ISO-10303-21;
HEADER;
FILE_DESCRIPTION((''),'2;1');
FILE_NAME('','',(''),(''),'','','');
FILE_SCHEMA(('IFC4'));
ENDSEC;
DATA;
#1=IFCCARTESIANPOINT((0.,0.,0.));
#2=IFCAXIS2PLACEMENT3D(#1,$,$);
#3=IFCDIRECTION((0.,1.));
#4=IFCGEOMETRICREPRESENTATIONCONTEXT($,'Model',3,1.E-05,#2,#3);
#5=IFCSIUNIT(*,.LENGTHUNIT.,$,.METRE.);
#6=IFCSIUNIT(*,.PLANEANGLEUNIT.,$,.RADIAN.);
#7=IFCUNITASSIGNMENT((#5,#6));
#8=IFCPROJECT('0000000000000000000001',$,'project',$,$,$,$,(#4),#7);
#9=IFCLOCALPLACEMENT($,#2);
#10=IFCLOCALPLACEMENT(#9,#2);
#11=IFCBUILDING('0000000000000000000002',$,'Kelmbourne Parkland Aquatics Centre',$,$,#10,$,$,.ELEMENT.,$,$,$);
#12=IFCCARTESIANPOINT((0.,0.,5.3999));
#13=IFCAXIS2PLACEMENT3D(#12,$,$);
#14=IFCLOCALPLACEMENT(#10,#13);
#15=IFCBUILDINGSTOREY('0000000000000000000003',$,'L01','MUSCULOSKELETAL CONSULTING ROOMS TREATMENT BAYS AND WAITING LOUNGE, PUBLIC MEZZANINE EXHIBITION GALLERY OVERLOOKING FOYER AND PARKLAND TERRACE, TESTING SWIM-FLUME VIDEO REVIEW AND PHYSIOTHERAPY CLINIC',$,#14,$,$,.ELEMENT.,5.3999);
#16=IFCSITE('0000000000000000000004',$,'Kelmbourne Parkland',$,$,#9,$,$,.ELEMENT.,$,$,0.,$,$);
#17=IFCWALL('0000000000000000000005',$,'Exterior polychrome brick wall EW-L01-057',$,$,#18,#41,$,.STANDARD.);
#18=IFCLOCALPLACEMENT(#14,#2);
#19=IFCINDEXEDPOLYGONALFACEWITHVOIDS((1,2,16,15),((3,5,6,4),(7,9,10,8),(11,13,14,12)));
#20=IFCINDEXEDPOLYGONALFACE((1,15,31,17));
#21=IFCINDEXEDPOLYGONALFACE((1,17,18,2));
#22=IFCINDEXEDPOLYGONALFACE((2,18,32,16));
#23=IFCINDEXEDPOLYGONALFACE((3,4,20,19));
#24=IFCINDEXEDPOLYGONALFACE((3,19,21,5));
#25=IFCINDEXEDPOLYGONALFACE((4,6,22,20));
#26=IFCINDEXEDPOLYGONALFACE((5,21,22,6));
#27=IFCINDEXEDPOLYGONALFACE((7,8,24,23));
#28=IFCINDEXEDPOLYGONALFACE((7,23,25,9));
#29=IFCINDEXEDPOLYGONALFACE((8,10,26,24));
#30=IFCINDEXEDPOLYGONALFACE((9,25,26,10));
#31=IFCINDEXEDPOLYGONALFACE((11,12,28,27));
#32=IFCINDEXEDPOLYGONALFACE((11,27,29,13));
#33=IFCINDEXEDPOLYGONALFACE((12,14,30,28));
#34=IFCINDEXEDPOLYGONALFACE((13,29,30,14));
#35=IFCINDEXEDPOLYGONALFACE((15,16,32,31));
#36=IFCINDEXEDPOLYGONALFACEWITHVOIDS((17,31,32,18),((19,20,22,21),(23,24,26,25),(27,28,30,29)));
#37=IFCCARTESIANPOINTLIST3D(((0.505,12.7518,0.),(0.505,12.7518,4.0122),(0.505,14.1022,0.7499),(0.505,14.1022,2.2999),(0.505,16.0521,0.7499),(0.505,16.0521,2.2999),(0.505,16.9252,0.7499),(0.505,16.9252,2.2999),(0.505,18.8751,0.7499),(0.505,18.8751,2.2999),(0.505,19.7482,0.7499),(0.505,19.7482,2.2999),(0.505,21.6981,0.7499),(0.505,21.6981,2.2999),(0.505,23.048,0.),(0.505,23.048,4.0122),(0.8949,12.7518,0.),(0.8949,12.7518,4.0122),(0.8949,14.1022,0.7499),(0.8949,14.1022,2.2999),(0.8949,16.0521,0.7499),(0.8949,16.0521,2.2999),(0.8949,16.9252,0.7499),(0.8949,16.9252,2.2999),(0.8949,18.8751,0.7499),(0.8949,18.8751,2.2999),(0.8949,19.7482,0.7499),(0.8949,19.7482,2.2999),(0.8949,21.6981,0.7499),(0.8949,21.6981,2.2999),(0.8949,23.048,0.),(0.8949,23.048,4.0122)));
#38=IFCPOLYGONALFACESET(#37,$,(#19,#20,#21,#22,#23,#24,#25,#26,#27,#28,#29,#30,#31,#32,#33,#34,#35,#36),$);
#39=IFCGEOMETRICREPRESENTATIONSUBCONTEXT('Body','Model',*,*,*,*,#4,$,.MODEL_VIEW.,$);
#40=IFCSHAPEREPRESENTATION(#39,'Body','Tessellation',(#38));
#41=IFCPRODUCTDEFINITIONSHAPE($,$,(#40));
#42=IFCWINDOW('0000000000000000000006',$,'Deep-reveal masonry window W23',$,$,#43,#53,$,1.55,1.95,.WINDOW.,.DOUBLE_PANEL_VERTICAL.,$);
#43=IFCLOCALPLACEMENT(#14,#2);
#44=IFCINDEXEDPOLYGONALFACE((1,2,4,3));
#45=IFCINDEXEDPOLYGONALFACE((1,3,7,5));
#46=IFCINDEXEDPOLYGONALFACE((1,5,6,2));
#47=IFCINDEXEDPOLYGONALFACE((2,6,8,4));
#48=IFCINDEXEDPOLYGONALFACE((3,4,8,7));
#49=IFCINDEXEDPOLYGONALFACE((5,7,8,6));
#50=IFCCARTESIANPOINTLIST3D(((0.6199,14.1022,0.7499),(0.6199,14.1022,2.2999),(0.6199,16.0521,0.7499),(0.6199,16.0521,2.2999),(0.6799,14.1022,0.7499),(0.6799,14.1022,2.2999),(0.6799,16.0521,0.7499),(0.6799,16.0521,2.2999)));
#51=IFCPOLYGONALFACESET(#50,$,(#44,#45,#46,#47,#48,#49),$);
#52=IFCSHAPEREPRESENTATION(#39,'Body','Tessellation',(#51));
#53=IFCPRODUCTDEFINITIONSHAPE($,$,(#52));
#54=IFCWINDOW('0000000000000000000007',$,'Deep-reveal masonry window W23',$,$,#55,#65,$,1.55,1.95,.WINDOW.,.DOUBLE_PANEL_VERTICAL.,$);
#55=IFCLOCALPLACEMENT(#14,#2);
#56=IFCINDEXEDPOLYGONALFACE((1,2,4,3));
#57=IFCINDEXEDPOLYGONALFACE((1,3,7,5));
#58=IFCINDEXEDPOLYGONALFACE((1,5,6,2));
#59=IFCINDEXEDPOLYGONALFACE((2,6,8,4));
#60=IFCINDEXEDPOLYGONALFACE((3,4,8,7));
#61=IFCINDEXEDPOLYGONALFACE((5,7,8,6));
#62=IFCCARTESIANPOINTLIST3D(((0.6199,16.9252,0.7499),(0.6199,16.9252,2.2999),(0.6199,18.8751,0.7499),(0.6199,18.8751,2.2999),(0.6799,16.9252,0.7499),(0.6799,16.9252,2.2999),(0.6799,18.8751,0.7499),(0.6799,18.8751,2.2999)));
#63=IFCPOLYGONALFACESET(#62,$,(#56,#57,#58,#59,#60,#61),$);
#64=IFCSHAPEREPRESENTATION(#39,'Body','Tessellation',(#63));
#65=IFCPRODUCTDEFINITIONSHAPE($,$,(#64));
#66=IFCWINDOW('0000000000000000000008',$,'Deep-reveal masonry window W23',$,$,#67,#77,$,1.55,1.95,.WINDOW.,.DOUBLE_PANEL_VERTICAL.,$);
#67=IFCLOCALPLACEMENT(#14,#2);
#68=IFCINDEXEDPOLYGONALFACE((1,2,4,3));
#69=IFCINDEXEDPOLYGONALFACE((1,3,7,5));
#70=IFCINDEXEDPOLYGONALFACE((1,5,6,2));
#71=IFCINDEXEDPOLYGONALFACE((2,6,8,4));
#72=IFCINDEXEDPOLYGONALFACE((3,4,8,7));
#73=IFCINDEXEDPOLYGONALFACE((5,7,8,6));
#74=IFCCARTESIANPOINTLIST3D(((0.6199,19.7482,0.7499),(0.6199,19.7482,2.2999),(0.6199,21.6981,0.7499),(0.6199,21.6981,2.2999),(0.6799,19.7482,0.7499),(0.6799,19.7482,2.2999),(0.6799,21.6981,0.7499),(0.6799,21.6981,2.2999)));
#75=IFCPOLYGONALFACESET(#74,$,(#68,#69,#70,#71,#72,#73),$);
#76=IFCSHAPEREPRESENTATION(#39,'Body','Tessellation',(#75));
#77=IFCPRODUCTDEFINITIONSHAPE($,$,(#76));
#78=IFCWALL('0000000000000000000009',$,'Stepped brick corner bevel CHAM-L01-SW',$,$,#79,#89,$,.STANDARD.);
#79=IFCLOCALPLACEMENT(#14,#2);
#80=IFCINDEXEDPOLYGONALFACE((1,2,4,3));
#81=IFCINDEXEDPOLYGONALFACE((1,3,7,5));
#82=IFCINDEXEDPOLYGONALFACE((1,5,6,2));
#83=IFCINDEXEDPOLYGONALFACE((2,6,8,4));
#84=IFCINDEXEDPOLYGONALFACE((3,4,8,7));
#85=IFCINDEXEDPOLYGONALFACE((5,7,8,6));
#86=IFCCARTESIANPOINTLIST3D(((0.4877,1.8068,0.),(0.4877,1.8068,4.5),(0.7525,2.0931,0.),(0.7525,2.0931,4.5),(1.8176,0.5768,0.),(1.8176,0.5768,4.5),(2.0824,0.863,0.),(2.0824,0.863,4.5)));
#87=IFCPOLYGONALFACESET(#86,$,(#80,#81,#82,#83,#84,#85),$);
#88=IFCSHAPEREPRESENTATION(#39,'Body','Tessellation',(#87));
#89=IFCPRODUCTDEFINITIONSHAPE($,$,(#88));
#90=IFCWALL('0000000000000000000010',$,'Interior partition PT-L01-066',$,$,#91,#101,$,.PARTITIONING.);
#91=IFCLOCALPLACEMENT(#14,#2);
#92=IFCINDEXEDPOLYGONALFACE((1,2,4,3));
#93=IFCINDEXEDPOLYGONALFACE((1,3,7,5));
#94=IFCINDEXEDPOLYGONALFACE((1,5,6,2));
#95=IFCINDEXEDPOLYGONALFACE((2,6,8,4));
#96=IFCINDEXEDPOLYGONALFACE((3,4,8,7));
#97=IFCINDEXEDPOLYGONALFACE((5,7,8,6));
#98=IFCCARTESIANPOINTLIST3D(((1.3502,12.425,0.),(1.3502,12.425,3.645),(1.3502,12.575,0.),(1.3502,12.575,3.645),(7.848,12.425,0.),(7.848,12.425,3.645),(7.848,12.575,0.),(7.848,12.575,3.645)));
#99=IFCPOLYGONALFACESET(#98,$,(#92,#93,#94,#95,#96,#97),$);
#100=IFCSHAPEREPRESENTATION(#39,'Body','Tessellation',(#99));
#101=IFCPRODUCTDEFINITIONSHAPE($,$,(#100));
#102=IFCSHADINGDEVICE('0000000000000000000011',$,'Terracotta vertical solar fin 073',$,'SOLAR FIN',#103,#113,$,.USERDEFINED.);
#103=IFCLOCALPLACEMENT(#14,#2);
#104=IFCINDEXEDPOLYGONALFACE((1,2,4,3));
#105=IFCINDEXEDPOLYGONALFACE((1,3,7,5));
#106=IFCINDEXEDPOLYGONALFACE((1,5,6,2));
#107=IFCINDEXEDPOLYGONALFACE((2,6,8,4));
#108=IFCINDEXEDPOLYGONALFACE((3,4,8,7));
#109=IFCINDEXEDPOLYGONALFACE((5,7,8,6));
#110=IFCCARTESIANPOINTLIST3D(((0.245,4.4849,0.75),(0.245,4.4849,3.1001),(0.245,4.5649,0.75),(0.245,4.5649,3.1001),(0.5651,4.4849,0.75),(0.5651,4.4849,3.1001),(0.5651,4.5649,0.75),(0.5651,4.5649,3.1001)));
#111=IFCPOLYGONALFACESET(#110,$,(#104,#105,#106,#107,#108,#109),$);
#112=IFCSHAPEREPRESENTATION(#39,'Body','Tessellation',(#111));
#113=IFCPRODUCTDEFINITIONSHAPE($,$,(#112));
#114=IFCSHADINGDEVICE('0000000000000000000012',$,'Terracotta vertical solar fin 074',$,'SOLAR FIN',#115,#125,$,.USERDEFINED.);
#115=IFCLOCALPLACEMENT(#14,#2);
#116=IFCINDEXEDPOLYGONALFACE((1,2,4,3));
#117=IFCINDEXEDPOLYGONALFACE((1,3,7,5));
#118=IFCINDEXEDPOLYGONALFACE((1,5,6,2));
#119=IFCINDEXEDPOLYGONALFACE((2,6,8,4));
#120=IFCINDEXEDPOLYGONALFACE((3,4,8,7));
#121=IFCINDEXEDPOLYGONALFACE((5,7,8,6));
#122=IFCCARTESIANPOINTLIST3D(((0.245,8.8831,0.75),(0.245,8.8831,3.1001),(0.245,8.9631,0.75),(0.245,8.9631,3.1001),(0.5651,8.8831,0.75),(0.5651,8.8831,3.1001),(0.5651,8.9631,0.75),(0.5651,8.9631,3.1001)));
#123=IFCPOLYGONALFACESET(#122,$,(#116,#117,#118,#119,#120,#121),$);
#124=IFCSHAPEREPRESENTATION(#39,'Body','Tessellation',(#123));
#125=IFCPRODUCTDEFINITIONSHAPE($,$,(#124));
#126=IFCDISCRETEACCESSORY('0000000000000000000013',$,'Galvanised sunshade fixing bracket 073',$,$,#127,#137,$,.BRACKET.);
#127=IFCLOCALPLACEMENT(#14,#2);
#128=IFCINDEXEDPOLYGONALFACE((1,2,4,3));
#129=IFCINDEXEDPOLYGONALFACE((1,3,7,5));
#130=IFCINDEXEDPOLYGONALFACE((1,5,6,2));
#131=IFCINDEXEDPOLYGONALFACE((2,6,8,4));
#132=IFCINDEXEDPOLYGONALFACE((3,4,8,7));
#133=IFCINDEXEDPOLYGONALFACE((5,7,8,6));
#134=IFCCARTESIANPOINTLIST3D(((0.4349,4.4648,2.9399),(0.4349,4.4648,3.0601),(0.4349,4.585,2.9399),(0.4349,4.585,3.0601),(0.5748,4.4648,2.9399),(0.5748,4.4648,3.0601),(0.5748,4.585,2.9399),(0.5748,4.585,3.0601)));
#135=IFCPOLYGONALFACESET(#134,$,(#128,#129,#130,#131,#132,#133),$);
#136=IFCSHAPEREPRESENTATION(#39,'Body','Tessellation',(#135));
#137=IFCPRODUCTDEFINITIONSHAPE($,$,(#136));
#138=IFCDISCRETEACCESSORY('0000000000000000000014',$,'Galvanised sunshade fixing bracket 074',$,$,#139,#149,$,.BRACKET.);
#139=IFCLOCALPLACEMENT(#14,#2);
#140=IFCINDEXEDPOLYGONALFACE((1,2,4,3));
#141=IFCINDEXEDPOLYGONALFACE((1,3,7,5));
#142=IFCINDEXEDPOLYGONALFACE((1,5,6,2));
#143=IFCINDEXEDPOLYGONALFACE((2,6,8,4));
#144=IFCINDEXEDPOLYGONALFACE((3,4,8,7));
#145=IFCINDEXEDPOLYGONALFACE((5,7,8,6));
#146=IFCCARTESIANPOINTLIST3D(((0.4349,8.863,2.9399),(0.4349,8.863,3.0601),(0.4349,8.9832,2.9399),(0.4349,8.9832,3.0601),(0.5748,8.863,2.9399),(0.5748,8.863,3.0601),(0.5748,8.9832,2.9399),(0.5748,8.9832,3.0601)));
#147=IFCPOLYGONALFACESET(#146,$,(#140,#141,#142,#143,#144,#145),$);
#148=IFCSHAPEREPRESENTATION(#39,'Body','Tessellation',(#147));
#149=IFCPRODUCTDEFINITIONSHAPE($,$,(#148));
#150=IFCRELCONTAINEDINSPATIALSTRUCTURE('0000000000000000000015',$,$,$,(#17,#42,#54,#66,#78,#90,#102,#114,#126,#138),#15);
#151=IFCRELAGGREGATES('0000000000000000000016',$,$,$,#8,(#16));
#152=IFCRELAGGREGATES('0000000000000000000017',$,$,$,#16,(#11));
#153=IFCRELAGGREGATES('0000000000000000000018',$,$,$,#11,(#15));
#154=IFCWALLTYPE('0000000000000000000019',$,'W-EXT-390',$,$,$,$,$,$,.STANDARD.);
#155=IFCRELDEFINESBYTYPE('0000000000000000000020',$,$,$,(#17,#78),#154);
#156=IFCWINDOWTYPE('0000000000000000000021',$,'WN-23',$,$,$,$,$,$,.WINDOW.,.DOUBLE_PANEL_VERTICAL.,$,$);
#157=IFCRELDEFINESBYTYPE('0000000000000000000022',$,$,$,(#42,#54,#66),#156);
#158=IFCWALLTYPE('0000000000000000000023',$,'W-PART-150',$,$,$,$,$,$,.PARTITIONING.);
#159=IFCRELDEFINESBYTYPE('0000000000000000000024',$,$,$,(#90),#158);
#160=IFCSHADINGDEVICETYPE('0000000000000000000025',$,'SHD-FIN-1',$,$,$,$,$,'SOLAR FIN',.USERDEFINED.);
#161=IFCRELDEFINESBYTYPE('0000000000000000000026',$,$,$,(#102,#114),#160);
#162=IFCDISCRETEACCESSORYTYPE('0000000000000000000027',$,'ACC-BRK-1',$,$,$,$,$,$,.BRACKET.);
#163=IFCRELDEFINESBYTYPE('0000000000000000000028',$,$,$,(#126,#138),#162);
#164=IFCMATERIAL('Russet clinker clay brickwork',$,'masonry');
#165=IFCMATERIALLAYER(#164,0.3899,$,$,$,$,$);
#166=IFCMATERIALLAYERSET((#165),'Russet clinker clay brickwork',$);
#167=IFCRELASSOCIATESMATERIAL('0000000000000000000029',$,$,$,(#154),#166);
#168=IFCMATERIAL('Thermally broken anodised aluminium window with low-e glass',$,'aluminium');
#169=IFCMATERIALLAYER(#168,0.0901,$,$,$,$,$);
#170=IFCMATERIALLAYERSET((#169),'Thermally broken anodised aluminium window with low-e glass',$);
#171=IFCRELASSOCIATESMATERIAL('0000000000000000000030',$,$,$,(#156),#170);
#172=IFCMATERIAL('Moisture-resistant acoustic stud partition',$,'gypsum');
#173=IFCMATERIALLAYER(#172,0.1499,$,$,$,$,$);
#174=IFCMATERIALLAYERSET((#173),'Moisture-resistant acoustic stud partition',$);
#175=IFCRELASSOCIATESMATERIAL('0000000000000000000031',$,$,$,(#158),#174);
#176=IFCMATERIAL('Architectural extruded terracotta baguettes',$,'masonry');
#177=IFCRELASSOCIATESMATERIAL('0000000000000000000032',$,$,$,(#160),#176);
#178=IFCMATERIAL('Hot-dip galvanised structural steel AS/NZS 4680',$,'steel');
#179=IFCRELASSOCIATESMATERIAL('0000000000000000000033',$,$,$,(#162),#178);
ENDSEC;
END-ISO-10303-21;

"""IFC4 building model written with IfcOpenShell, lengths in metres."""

from ifc_helpers import new_model, si_unit, direction, frame, frame_2d, origin, origin_2d, place, context, subcontext, project, spatial, rectangle, extrude, material, layer, layer_set, type_object, element, fill, save


model = new_model("IFC4")

# Units and contexts
model_context = context("Model", 3, precision=1e-05, world=origin(), true_north=direction((0.0, 1.0)))
body_context = subcontext(model_context, "Body", "Model", "MODEL_VIEW")
ifc_project = project(units=[si_unit("LENGTHUNIT", "METRE"), si_unit("PLANEANGLEUNIT", "RADIAN")], contexts=[model_context])

# Site, building, storey
site_placement = place(None, origin())
site = spatial("IfcSite", under=ifc_project, at=site_placement, Name="Kelmbourne Parkland", CompositionType="ELEMENT", RefElevation=0.0)
building_placement = place(site_placement, origin())
building = spatial("IfcBuilding", under=site, at=building_placement, Name="Kelmbourne Parkland Aquatics Centre", CompositionType="ELEMENT")
storey_placement = place(building_placement, frame((0.0, 0.0, 5.3999)))
storey = spatial("IfcBuildingStorey", under=building, at=storey_placement, Name="L01", Description="MUSCULOSKELETAL CONSULTING ROOMS TREATMENT BAYS AND WAITING LOUNGE, PUBLIC MEZZANINE EXHIBITION GALLERY OVERLOOKING FOYER AND PARKLAND TERRACE, TESTING SWIM-FLUME VIDEO REVIEW AND PHYSIOTHERAPY CLINIC", CompositionType="ELEMENT", Elevation=5.3999)

# Wall, openings, windows
ifc_material_1 = material(Name="Russet clinker clay brickwork", Category="masonry")
ifc_material_2 = material(Name="Thermally broken anodised aluminium window with low-e glass", Category="aluminium")
ifc_layer_1 = layer(ifc_material_1, 0.3899)
ifc_layer_set_1 = layer_set([ifc_layer_1], Name="Russet clinker clay brickwork")
wall_type_1 = type_object("IfcWallType", Name="W-EXT-390", PredefinedType="STANDARD", material=ifc_layer_set_1)
wall_1_placement = place(storey_placement, frame((0.7, 12.752, 0.0), z_axis=(0.0, 0.0, 1.0), x_axis=(0.0, 1.0, 0.0)))
wall_1 = element("IfcWall", 1, at=wall_1_placement, inside=storey, type_object=wall_type_1, Name="Exterior polychrome brick wall EW-L01-057", PredefinedType="STANDARD", context=body_context, shape_type="SweptSolid", body=[
    extrude(rectangle(XDim=10.2961, YDim=0.3899, at=frame_2d((5.1479, 0.0))), origin(), (0.0, 0.0, 1.0), 4.0122),
])
opening_1_placement = place(wall_1_placement, frame((1.3501, 0.0, 0.75)))
opening_1 = element("IfcOpeningElement", 2, at=opening_1_placement, cuts=wall_1, PredefinedType="OPENING", context=body_context, shape_type="SweptSolid", body=[
    extrude(rectangle(XDim=1.95, YDim=1.55, at=frame_2d((0.9751, 0.7749))), frame((0.0, 0.207, 0.0), z_axis=(0.0, -1.0, 0.0), x_axis=(1.0, 0.0, 0.0)), (0.0, 0.0, 1.0), 0.4138),
])
opening_2_placement = place(wall_1_placement, frame((4.1731, 0.0, 0.75)))
opening_2 = element("IfcOpeningElement", 3, at=opening_2_placement, cuts=wall_1, PredefinedType="OPENING", context=body_context, shape_type="SweptSolid", body=[
    extrude(rectangle(XDim=1.95, YDim=1.55, at=frame_2d((0.9751, 0.7749))), frame((0.0, 0.207, 0.0), z_axis=(0.0, -1.0, 0.0), x_axis=(1.0, 0.0, 0.0)), (0.0, 0.0, 1.0), 0.4138),
])
opening_3_placement = place(wall_1_placement, frame((6.9961, 0.0, 0.75)))
opening_3 = element("IfcOpeningElement", 4, at=opening_3_placement, cuts=wall_1, PredefinedType="OPENING", context=body_context, shape_type="SweptSolid", body=[
    extrude(rectangle(XDim=1.95, YDim=1.55, at=frame_2d((0.9751, 0.7749))), frame((0.0, 0.207, 0.0), z_axis=(0.0, -1.0, 0.0), x_axis=(1.0, 0.0, 0.0)), (0.0, 0.0, 1.0), 0.4138),
])
ifc_layer_2 = layer(ifc_material_2, 0.0901)
ifc_layer_set_2 = layer_set([ifc_layer_2], Name="Thermally broken anodised aluminium window with low-e glass")
window_type_1 = type_object("IfcWindowType", Name="WN-23", PartitioningType="DOUBLE_PANEL_VERTICAL", PredefinedType="WINDOW", material=ifc_layer_set_2)
window_1_placement = place(opening_1_placement, origin())
window_1 = element("IfcWindow", 5, at=window_1_placement, inside=storey, type_object=window_type_1, Name="Deep-reveal masonry window W23", OverallHeight=1.55, OverallWidth=1.95, PartitioningType="DOUBLE_PANEL_VERTICAL", PredefinedType="WINDOW", context=body_context, shape_type="SweptSolid", body=[
    extrude(rectangle(XDim=1.95, YDim=1.55, at=frame_2d((0.9751, 0.7749))), frame((0.0, 0.0801, 0.0), z_axis=(0.0, -1.0, 0.0), x_axis=(1.0, 0.0, 0.0)), (0.0, 0.0, 1.0), 0.0601),
])
fill(opening_1, window_1)
window_2_placement = place(opening_2_placement, origin())
window_2 = element("IfcWindow", 6, at=window_2_placement, inside=storey, type_object=window_type_1, Name="Deep-reveal masonry window W23", OverallHeight=1.55, OverallWidth=1.95, PartitioningType="DOUBLE_PANEL_VERTICAL", PredefinedType="WINDOW", context=body_context, shape_type="SweptSolid", body=[
    extrude(rectangle(XDim=1.95, YDim=1.55, at=frame_2d((0.9751, 0.7749))), frame((0.0, 0.0801, 0.0), z_axis=(0.0, -1.0, 0.0), x_axis=(1.0, 0.0, 0.0)), (0.0, 0.0, 1.0), 0.0601),
])
fill(opening_2, window_2)
window_3_placement = place(opening_3_placement, origin())
window_3 = element("IfcWindow", 7, at=window_3_placement, inside=storey, type_object=window_type_1, Name="Deep-reveal masonry window W23", OverallHeight=1.55, OverallWidth=1.95, PartitioningType="DOUBLE_PANEL_VERTICAL", PredefinedType="WINDOW", context=body_context, shape_type="SweptSolid", body=[
    extrude(rectangle(XDim=1.95, YDim=1.55, at=frame_2d((0.9751, 0.7749))), frame((0.0, 0.0801, 0.0), z_axis=(0.0, -1.0, 0.0), x_axis=(1.0, 0.0, 0.0)), (0.0, 0.0, 1.0), 0.0601),
])
fill(opening_3, window_3)

# Walls
wall_2_placement = place(storey_placement, frame((0.6201, 1.95, 0.0), z_axis=(0.0, 0.0, 1.0), x_axis=(0.734131, -0.679007, 0.0)))
element("IfcWall", 8, at=wall_2_placement, inside=storey, type_object=wall_type_1, Name="Stepped brick corner bevel CHAM-L01-SW", PredefinedType="STANDARD", context=body_context, shape_type="SweptSolid", body=[
    extrude(rectangle(XDim=1.8115, YDim=0.3899, at=frame_2d((0.9058, 0.0))), origin(), (0.0, 0.0, 1.0), 4.5),
])
ifc_material_3 = material(Name="Moisture-resistant acoustic stud partition", Category="gypsum")
ifc_layer_3 = layer(ifc_material_3, 0.1499)
ifc_layer_set_3 = layer_set([ifc_layer_3], Name="Moisture-resistant acoustic stud partition")
wall_type_2 = type_object("IfcWallType", Name="W-PART-150", PredefinedType="PARTITIONING", material=ifc_layer_set_3)
wall_3_placement = place(storey_placement, frame((1.3501, 12.5, 0.0), z_axis=(0.0, 0.0, 1.0), x_axis=(1.0, 0.0, 0.0)))
element("IfcWall", 9, at=wall_3_placement, inside=storey, type_object=wall_type_2, Name="Interior partition PT-L01-066", PredefinedType="PARTITIONING", context=body_context, shape_type="SweptSolid", body=[
    extrude(rectangle(XDim=6.4978, YDim=0.1499, at=frame_2d((3.249, 0.0))), origin(), (0.0, 0.0, 1.0), 3.645),
])

# Shading devices
ifc_material_4 = material(Name="Architectural extruded terracotta baguettes", Category="masonry")
shading_device_type = type_object("IfcShadingDeviceType", Name="SHD-FIN-1", ElementType="SOLAR FIN", PredefinedType="USERDEFINED", material=ifc_material_4)
for number, where, z_axis, x_axis, name in (
    (10, (0.405, 4.5249, 0.75), (0.0, 0.0, 1.0), (0.0, 1.0, 0.0), "Terracotta vertical solar fin 073"),
    (11, (0.405, 8.9231, 0.75), (0.0, 0.0, 1.0), (0.0, 1.0, 0.0), "Terracotta vertical solar fin 074"),
):
    element("IfcShadingDevice", number, at=place(storey_placement, frame(where, z_axis=z_axis, x_axis=x_axis)), inside=storey, type_object=shading_device_type, Name=name, ObjectType="SOLAR FIN", PredefinedType="USERDEFINED", context=body_context, shape_type="SweptSolid", body=[
        extrude(rectangle(XDim=0.0801, YDim=0.3201, at=origin_2d()), origin(), (0.0, 0.0, 1.0), 2.3501),
    ])

# Discrete accessories
ifc_material_5 = material(Name="Hot-dip galvanised structural steel AS/NZS 4680", Category="steel")
discrete_accessory_type = type_object("IfcDiscreteAccessoryType", Name="ACC-BRK-1", PredefinedType="BRACKET", material=ifc_material_5)
for number, where, z_axis, x_axis, name in (
    (12, (0.5049, 4.5249, 2.9399), (0.0, 0.0, 1.0), (0.0, 1.0, 0.0), "Galvanised sunshade fixing bracket 073"),
    (13, (0.5049, 8.9231, 2.9399), (0.0, 0.0, 1.0), (0.0, 1.0, 0.0), "Galvanised sunshade fixing bracket 074"),
):
    element("IfcDiscreteAccessory", number, at=place(storey_placement, frame(where, z_axis=z_axis, x_axis=x_axis)), inside=storey, type_object=discrete_accessory_type, Name=name, PredefinedType="BRACKET", context=body_context, shape_type="SweptSolid", body=[
        extrude(rectangle(XDim=0.1201, YDim=0.1399, at=origin_2d()), origin(), (0.0, 0.0, 1.0), 0.1201),
    ])

save(model, "model.ifc")
